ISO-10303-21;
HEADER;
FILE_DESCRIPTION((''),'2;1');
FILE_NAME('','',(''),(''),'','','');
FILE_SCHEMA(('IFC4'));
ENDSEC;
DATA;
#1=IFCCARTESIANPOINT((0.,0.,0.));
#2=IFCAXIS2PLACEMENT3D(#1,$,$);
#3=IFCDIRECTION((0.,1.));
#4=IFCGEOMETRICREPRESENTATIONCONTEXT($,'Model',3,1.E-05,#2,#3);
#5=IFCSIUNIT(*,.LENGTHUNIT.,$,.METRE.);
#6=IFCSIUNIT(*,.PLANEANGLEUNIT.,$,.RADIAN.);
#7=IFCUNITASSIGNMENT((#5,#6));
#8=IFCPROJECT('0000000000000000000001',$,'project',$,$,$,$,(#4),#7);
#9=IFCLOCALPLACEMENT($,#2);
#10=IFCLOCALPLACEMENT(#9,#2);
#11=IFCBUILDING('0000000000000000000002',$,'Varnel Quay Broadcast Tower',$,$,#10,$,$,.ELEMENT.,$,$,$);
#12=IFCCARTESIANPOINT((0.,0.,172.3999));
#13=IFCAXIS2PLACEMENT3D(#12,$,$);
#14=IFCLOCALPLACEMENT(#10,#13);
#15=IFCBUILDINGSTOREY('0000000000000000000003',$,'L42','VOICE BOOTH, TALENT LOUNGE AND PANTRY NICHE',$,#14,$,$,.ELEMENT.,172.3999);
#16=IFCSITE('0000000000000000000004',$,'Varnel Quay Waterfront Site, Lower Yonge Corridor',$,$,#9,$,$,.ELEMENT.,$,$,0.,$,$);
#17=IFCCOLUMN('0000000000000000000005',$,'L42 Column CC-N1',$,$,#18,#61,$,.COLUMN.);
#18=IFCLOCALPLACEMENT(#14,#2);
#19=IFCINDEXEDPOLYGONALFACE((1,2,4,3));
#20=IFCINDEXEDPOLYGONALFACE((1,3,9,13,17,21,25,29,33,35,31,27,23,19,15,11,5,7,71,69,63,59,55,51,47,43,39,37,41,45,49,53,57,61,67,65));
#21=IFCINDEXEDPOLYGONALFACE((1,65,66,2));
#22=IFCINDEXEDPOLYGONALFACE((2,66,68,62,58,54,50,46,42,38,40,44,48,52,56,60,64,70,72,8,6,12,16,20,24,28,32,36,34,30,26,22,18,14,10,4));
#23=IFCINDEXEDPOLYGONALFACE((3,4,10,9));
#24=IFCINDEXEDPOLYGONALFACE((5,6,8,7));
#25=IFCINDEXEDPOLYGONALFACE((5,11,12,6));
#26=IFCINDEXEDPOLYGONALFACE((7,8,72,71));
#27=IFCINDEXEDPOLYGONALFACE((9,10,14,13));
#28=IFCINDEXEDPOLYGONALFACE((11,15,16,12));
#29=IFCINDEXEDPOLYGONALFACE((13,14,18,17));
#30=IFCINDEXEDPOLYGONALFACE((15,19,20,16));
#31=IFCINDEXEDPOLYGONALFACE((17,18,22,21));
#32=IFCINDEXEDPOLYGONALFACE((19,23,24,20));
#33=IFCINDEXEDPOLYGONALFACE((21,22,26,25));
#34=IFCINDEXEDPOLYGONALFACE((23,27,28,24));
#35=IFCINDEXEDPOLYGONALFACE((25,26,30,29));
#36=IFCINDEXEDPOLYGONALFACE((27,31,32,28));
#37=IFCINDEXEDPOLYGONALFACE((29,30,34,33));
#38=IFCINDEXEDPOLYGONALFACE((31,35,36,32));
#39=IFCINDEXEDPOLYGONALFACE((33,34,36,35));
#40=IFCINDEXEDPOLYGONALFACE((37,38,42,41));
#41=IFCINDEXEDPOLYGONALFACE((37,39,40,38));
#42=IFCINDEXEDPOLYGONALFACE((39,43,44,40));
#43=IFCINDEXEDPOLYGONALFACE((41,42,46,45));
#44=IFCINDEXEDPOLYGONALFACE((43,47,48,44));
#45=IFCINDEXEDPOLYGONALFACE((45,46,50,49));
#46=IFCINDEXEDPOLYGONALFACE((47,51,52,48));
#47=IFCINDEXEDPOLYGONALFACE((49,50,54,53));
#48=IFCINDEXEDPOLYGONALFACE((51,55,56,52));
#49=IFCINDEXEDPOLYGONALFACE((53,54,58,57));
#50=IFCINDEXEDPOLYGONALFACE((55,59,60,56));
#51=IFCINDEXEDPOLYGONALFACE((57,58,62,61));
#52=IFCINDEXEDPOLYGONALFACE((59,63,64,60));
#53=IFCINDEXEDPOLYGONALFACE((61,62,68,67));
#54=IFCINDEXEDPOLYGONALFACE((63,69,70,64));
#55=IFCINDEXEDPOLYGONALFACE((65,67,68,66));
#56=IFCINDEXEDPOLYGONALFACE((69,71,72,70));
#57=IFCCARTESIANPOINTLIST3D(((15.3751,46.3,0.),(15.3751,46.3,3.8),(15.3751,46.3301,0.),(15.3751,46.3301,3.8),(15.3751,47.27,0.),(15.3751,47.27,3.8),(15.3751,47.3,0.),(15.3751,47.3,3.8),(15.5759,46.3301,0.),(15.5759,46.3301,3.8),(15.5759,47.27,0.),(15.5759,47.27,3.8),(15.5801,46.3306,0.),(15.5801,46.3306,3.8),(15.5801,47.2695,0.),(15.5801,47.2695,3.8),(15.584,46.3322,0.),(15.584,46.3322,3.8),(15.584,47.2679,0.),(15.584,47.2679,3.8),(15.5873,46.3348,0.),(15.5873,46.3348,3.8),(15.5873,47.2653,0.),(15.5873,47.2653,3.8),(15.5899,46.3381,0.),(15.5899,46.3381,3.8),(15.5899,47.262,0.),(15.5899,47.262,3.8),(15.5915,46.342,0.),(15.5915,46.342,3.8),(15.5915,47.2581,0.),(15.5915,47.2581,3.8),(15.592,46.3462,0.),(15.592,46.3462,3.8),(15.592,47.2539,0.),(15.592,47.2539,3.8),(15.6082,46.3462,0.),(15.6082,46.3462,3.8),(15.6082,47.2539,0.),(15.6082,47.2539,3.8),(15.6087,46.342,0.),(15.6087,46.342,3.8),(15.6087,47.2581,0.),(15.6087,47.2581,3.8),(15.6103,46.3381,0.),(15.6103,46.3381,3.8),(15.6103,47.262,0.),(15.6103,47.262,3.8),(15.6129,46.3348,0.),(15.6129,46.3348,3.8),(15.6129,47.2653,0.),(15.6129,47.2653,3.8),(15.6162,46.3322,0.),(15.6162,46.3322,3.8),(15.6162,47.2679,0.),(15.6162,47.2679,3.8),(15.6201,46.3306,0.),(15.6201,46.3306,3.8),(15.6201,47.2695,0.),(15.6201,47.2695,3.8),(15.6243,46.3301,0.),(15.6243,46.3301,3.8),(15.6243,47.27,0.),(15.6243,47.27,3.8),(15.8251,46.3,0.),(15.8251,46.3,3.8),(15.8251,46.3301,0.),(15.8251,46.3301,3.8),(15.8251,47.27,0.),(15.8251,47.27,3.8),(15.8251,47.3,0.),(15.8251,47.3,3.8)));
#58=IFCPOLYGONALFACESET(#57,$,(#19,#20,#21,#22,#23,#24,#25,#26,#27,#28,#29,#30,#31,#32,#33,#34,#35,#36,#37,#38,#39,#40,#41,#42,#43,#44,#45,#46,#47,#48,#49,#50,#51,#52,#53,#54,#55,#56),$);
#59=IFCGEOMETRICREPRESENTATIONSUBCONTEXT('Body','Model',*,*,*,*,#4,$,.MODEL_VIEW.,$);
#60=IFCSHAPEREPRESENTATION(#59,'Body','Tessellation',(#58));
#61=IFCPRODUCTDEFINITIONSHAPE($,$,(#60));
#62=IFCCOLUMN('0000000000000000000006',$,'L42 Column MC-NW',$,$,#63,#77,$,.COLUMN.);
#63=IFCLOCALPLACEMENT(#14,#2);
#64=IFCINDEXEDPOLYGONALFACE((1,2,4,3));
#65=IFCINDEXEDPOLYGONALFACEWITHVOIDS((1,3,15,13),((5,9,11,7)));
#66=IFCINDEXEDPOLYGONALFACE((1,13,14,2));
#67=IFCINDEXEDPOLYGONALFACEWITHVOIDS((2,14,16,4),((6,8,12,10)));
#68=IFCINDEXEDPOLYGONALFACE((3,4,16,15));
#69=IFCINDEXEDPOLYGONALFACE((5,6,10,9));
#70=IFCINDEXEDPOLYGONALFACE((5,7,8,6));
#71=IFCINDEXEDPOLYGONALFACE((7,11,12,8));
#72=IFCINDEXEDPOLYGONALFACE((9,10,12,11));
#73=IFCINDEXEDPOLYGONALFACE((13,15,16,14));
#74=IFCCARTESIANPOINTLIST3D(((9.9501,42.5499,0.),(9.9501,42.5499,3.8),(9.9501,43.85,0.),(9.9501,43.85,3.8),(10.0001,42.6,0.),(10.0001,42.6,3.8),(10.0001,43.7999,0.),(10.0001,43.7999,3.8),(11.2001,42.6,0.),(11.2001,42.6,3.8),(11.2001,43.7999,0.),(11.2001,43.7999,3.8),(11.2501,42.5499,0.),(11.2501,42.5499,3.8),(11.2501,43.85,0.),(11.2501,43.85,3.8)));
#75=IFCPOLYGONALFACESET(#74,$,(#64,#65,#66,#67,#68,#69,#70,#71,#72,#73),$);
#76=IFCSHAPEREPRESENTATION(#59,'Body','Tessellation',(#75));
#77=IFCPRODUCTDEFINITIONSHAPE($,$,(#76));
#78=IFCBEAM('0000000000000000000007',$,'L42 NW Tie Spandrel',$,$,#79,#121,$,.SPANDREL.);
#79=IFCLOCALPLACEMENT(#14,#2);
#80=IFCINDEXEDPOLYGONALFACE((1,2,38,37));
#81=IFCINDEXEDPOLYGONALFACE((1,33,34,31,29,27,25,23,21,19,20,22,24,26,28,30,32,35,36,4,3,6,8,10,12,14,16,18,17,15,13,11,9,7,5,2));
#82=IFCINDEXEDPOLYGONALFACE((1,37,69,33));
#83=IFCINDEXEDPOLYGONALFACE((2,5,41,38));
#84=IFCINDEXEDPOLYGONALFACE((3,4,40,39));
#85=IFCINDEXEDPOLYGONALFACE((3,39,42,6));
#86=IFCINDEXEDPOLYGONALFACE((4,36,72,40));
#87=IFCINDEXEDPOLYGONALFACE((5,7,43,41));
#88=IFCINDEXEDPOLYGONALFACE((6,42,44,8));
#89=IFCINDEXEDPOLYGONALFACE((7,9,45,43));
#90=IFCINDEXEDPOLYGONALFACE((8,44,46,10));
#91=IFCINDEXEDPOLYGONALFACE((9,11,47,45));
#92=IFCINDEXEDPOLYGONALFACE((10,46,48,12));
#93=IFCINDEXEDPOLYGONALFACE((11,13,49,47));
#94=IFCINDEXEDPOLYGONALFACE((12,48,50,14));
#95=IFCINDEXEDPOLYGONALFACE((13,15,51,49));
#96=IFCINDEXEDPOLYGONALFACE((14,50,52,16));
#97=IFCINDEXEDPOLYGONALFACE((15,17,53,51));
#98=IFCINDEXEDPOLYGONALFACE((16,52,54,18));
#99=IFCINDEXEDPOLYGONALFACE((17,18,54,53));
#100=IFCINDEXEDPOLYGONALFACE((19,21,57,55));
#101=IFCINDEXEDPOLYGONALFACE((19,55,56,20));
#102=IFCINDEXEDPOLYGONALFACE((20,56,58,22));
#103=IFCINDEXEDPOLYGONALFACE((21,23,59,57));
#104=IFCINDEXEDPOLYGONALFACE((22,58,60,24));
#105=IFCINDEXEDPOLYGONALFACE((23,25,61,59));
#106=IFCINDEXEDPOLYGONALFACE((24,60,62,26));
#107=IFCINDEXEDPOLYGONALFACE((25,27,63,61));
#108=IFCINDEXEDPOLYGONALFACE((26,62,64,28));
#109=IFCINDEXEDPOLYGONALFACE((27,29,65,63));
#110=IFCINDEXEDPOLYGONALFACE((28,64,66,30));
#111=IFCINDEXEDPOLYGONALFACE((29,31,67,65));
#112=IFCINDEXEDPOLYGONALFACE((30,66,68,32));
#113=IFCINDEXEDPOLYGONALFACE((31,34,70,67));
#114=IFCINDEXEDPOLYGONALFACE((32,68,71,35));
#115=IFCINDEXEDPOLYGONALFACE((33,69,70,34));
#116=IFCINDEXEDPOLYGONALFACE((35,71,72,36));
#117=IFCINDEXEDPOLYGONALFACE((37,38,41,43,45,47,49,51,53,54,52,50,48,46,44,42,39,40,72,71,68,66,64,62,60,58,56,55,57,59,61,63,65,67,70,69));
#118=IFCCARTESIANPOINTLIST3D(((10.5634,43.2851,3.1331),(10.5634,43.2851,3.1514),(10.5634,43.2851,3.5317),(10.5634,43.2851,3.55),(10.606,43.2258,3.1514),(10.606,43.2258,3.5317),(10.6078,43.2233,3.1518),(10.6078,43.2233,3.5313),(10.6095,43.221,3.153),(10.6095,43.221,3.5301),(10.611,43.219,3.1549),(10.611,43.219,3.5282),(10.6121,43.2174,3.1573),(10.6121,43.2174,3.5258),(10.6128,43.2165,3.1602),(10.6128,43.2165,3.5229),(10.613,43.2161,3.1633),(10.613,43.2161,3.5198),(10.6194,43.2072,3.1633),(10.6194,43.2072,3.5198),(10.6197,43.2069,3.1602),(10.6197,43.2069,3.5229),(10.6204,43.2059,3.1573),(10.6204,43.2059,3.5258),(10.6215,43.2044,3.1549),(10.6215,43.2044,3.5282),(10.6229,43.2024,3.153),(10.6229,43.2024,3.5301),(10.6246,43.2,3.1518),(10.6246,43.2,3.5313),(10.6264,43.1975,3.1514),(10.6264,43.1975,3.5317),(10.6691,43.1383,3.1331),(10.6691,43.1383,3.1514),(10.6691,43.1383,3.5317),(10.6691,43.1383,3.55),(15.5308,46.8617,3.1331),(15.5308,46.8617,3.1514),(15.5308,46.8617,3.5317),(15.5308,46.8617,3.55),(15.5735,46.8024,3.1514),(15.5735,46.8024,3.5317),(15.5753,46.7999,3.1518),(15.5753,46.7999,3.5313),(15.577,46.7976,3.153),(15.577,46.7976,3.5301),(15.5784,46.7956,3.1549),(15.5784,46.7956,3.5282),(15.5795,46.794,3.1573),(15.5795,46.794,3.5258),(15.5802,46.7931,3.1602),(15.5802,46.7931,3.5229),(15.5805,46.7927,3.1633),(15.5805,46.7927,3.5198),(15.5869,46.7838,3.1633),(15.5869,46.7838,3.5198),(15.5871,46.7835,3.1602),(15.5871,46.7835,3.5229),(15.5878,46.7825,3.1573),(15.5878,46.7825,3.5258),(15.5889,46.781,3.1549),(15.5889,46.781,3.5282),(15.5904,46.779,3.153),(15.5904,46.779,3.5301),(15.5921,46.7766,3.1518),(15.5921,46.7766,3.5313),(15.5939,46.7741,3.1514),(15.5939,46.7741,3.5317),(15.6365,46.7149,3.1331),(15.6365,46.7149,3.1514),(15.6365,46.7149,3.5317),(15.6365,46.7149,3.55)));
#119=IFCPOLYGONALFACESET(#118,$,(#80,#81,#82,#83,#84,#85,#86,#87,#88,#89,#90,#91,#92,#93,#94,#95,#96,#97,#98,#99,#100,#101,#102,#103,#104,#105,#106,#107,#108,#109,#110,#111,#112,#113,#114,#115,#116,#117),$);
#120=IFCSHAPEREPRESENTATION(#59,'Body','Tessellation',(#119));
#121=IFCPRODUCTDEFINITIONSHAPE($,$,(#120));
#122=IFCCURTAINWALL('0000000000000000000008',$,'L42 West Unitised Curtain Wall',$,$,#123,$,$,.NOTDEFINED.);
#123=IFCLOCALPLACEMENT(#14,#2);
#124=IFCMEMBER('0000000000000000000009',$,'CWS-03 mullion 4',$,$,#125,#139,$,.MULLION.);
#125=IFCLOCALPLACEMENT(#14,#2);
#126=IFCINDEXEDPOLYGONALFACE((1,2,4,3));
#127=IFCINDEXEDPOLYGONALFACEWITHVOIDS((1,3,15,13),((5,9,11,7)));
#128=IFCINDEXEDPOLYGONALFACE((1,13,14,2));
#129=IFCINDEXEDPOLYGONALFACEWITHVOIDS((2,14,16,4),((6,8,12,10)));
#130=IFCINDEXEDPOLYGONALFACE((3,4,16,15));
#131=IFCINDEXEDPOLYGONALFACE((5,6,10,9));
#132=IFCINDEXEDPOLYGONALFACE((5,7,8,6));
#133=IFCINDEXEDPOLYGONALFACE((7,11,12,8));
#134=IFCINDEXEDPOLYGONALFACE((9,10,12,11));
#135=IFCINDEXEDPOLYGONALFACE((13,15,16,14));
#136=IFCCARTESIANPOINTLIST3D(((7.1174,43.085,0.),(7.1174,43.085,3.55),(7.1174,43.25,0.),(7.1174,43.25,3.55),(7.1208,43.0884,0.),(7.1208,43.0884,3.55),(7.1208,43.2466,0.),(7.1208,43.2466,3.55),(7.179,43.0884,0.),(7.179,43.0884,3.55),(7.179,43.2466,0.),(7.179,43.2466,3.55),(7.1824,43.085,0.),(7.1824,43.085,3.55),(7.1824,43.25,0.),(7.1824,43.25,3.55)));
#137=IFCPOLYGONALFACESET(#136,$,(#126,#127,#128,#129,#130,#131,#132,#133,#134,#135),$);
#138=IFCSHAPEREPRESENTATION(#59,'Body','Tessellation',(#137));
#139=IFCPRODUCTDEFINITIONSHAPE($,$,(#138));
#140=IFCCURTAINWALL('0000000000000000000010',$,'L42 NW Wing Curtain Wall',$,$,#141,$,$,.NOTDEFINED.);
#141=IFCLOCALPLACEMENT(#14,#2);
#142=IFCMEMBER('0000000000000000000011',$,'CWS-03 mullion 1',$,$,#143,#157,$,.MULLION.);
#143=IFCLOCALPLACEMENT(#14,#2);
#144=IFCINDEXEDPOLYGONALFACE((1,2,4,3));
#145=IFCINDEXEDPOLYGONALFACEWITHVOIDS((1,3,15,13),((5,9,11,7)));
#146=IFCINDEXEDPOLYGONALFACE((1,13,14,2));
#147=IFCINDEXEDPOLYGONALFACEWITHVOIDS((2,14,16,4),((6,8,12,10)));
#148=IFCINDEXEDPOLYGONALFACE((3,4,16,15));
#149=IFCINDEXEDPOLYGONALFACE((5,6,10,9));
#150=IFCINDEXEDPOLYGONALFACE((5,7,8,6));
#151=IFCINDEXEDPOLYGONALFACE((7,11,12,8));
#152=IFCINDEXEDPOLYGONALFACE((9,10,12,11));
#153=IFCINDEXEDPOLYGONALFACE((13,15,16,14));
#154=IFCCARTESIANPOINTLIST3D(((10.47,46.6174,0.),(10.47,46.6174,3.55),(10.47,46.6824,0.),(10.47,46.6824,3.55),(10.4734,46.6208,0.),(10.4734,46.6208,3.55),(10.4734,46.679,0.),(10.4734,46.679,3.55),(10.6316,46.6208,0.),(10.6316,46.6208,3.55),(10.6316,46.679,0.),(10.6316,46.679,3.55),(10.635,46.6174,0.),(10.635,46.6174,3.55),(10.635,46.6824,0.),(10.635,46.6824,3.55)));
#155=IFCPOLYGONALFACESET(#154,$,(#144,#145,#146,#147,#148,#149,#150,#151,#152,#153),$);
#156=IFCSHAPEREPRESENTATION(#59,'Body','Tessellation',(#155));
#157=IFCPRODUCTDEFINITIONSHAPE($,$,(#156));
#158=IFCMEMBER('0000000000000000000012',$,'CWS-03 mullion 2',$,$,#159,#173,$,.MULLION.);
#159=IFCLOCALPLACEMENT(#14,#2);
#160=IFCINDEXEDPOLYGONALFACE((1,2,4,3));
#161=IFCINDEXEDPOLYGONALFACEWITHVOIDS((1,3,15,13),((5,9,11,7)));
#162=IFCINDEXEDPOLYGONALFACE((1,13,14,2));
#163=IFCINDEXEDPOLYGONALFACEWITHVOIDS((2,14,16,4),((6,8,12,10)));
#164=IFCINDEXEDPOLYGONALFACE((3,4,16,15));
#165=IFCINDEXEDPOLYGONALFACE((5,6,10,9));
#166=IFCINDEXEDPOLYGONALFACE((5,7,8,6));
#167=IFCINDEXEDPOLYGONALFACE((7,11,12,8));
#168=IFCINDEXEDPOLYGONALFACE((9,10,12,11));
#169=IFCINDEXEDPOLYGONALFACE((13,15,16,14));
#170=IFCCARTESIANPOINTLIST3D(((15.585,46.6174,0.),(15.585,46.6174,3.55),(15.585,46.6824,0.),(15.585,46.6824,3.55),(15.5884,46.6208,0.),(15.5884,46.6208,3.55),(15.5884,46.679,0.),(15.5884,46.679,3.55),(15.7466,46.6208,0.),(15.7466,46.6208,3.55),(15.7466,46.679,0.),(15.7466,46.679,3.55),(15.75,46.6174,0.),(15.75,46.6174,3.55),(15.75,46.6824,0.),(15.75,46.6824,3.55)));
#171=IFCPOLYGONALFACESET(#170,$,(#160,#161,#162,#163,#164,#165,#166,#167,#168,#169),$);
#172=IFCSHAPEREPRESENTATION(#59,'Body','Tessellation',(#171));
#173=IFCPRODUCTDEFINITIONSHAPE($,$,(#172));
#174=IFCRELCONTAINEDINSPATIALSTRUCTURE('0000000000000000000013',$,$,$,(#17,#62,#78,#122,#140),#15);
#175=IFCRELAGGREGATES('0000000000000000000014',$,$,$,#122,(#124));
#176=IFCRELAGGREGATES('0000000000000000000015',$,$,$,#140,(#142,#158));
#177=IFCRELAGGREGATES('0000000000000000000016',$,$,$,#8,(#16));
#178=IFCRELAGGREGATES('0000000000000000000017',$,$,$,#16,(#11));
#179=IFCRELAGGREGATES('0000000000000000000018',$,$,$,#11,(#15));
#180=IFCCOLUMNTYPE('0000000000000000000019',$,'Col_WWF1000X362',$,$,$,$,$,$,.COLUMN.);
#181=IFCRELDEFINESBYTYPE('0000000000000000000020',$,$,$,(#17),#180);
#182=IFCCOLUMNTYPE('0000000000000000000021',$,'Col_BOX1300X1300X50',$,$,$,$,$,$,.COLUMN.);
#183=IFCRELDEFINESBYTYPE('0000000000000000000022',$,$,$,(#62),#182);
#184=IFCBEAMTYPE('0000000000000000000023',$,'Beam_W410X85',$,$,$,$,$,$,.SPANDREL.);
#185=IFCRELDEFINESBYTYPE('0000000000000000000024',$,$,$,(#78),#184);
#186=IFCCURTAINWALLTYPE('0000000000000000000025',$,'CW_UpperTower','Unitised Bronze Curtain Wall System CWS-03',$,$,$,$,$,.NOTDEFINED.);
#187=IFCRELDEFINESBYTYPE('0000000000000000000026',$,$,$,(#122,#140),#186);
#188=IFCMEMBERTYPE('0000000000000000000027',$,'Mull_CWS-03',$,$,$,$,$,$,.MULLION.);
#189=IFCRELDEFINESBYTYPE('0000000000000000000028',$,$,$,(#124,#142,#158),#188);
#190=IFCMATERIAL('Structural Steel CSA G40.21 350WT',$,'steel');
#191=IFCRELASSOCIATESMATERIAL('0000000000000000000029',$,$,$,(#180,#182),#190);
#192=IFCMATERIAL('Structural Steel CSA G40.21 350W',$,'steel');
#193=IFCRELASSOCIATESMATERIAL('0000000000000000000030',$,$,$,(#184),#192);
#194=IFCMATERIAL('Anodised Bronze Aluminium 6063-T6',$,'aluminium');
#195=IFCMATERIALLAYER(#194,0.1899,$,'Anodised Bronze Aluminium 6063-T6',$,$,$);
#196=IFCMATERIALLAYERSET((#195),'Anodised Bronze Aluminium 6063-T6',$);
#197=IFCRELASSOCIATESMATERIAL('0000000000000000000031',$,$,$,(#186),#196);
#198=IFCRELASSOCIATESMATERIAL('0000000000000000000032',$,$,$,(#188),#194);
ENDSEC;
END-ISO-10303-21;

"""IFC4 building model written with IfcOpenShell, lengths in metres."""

from ifc_helpers import new_model, si_unit, direction, frame, origin, origin_2d, place, context, subcontext, project, spatial, hollow_rectangle, i_section, extrude, source, transform, mapped, material, layer, layer_set, material_profile, profile_set, type_object, type_shapes, element, aggregate, save


model = new_model("IFC4")

# Units and contexts
model_context = context("Model", 3, precision=1e-05, world=origin(), true_north=direction((0.0, 1.0)))
body_context = subcontext(model_context, "Body", "Model", "MODEL_VIEW")
ifc_project = project(units=[si_unit("LENGTHUNIT", "METRE"), si_unit("PLANEANGLEUNIT", "RADIAN")], contexts=[model_context])

# Site, building, storey
site_placement = place(None, origin())
site = spatial("IfcSite", under=ifc_project, at=site_placement, Name="Varnel Quay Waterfront Site, Lower Yonge Corridor", CompositionType="ELEMENT", RefElevation=0.0)
building_placement = place(site_placement, origin())
building = spatial("IfcBuilding", under=site, at=building_placement, Name="Varnel Quay Broadcast Tower", CompositionType="ELEMENT")
storey_placement = place(building_placement, frame((0.0, 0.0, 172.3999)))
storey = spatial("IfcBuildingStorey", under=building, at=storey_placement, Name="L42", Description="VOICE BOOTH, TALENT LOUNGE AND PANTRY NICHE", CompositionType="ELEMENT", Elevation=172.3999)

# Columns
ifc_material_1 = material(Name="Structural Steel CSA G40.21 350WT", Category="steel")
ifc_material_profile_1 = material_profile(ifc_material_1, i_section(OverallWidth=0.45, OverallDepth=1.0, WebThickness=0.0161, FlangeThickness=0.03, FilletRadius=0.0161, at=origin_2d()), Name="WWF1000X362")
ifc_profile_set_1 = profile_set([ifc_material_profile_1], Name="Structural Steel CSA G40.21 350WT")
column_type_1 = type_object("IfcColumnType", Name="Col_WWF1000X362", PredefinedType="COLUMN", material=ifc_profile_set_1)
shared_shape_1 = source(origin(), body_context, "Body", "SweptSolid", [
    extrude(i_section(OverallWidth=0.45, OverallDepth=1.0, WebThickness=0.0161, FlangeThickness=0.03, FilletRadius=0.0161, at=origin_2d()), origin(), (0.0, 0.0, 1.0), 3.8),
])
type_shapes(column_type_1, [shared_shape_1])
column_1_placement = place(storey_placement, frame((15.6001, 46.8, 0.0), z_axis=(0.0, 0.0, 1.0), x_axis=(1.0, 0.0, 0.0)))
element("IfcColumn", 1, at=column_1_placement, inside=storey, type_object=column_type_1, Name="L42 Column CC-N1", PredefinedType="COLUMN", context=body_context, shape_type="MappedRepresentation", body=[
    mapped(shared_shape_1, transform((0.0, 0.0, 0.0), x_axis=(1.0, 0.0, 0.0), y_axis=(0.0, 1.0, 0.0), z_axis=(0.0, 0.0, 1.0), scale=1.0)),
])
ifc_material_profile_2 = material_profile(ifc_material_1, hollow_rectangle(XDim=1.3, YDim=1.3, WallThickness=0.05, at=origin_2d()), Name="BOX1300X1300X50")
ifc_profile_set_2 = profile_set([ifc_material_profile_2], Name="Structural Steel CSA G40.21 350WT")
column_type_2 = type_object("IfcColumnType", Name="Col_BOX1300X1300X50", PredefinedType="COLUMN", material=ifc_profile_set_2)
shared_shape_2 = source(origin(), body_context, "Body", "SweptSolid", [
    extrude(hollow_rectangle(XDim=1.3, YDim=1.3, WallThickness=0.05, at=origin_2d()), origin(), (0.0, 0.0, 1.0), 3.8),
])
type_shapes(column_type_2, [shared_shape_2])
column_2_placement = place(storey_placement, frame((10.6001, 43.2, 0.0), z_axis=(0.0, 0.0, 1.0), x_axis=(1.0, 0.0, 0.0)))
element("IfcColumn", 2, at=column_2_placement, inside=storey, type_object=column_type_2, Name="L42 Column MC-NW", PredefinedType="COLUMN", context=body_context, shape_type="MappedRepresentation", body=[
    mapped(shared_shape_2, transform((0.0, 0.0, 0.0), x_axis=(1.0, 0.0, 0.0), y_axis=(0.0, 1.0, 0.0), z_axis=(0.0, 0.0, 1.0), scale=1.0)),
])

# Beam
ifc_material_2 = material(Name="Structural Steel CSA G40.21 350W", Category="steel")
ifc_material_profile_3 = material_profile(ifc_material_2, i_section(OverallWidth=0.1809, OverallDepth=0.417, WebThickness=0.011, FlangeThickness=0.0183, FilletRadius=0.012, at=origin_2d()), Name="W410X85")
ifc_profile_set_3 = profile_set([ifc_material_profile_3], Name="Structural Steel CSA G40.21 350W")
beam_type = type_object("IfcBeamType", Name="Beam_W410X85", PredefinedType="SPANDREL", material=ifc_profile_set_3)
shared_shape_3 = source(origin(), body_context, "Body", "SweptSolid", [
    extrude(i_section(OverallWidth=0.1809, OverallDepth=0.417, WebThickness=0.011, FlangeThickness=0.0183, FilletRadius=0.012, at=origin_2d()), origin(), (0.0, 0.0, 1.0), 6.1211),
])
type_shapes(beam_type, [shared_shape_3])
beam_placement = place(storey_placement, frame((10.6162, 43.2117, 3.3416), z_axis=(0.811531, 0.584309, 0.0), x_axis=(-0.584309, 0.811531, 0.0)))
element("IfcBeam", 3, at=beam_placement, inside=storey, type_object=beam_type, Name="L42 NW Tie Spandrel", PredefinedType="SPANDREL", context=body_context, shape_type="MappedRepresentation", body=[
    mapped(shared_shape_3, transform((0.0, 0.0, 0.0), x_axis=(1.0, 0.0, 0.0), y_axis=(0.0, 1.0, 0.0), z_axis=(0.0, 0.0, 1.0), scale=1.0)),
])

# Curtain wall, member
ifc_material_3 = material(Name="Anodised Bronze Aluminium 6063-T6", Category="aluminium")
ifc_layer_1 = layer(ifc_material_3, 0.1899, Name="Anodised Bronze Aluminium 6063-T6")
ifc_layer_set_1 = layer_set([ifc_layer_1], Name="Anodised Bronze Aluminium 6063-T6")
curtain_wall_type = type_object("IfcCurtainWallType", Name="CW_UpperTower", Description="Unitised Bronze Curtain Wall System CWS-03", PredefinedType="NOTDEFINED", material=ifc_layer_set_1)
curtain_wall_1_placement = place(storey_placement, origin())
curtain_wall_1 = element("IfcCurtainWall", 4, at=curtain_wall_1_placement, inside=storey, type_object=curtain_wall_type, Name="L42 West Unitised Curtain Wall", PredefinedType="NOTDEFINED")
ifc_material_profile_4 = material_profile(ifc_material_3, hollow_rectangle(XDim=0.0649, YDim=0.165, WallThickness=0.0034, at=origin_2d()), Name="ALU65X165X3.5")
ifc_profile_set_4 = profile_set([ifc_material_profile_4], Name="Anodised Bronze Aluminium 6063-T6")
member_type_1 = type_object("IfcMemberType", Name="Mull_CWS-03", PredefinedType="MULLION", material=ifc_profile_set_4)
shared_shape_4 = source(origin(), body_context, "Body", "SweptSolid", [
    extrude(hollow_rectangle(XDim=0.0649, YDim=0.165, WallThickness=0.0034, at=origin_2d()), origin(), (0.0, 0.0, 1.0), 3.55),
])
type_shapes(member_type_1, [shared_shape_4])
member_1_placement = place(storey_placement, frame((7.1499, 43.1675, 0.0), z_axis=(0.0, 0.0, 1.0), x_axis=(-1.0, 0.0, 0.0)))
member_1 = element("IfcMember", 5, at=member_1_placement, type_object=member_type_1, Name="CWS-03 mullion 4", PredefinedType="MULLION", context=body_context, shape_type="MappedRepresentation", body=[
    mapped(shared_shape_4, transform((0.0, 0.0, 0.0), x_axis=(1.0, 0.0, 0.0), y_axis=(0.0, 1.0, 0.0), z_axis=(0.0, 0.0, 1.0), scale=1.0)),
])

# Curtain wall, members
curtain_wall_2_placement = place(storey_placement, origin())
curtain_wall_2 = element("IfcCurtainWall", 6, at=curtain_wall_2_placement, inside=storey, type_object=curtain_wall_type, Name="L42 NW Wing Curtain Wall", PredefinedType="NOTDEFINED")
member_2_placement = place(storey_placement, frame((10.5525, 46.6499, 0.0), z_axis=(0.0, 0.0, 1.0), x_axis=(0.0, 1.0, 0.0)))
member_2 = element("IfcMember", 7, at=member_2_placement, type_object=member_type_1, Name="CWS-03 mullion 1", PredefinedType="MULLION", context=body_context, shape_type="MappedRepresentation", body=[
    mapped(shared_shape_4, transform((0.0, 0.0, 0.0), x_axis=(1.0, 0.0, 0.0), y_axis=(0.0, 1.0, 0.0), z_axis=(0.0, 0.0, 1.0), scale=1.0)),
])
member_3_placement = place(storey_placement, frame((15.6675, 46.6499, 0.0), z_axis=(0.0, 0.0, 1.0), x_axis=(0.0, 1.0, 0.0)))
member_3 = element("IfcMember", 8, at=member_3_placement, type_object=member_type_1, Name="CWS-03 mullion 2", PredefinedType="MULLION", context=body_context, shape_type="MappedRepresentation", body=[
    mapped(shared_shape_4, transform((0.0, 0.0, 0.0), x_axis=(1.0, 0.0, 0.0), y_axis=(0.0, 1.0, 0.0), z_axis=(0.0, 0.0, 1.0), scale=1.0)),
])

aggregate(curtain_wall_1, [member_1])
aggregate(curtain_wall_2, [member_2, member_3])

save(model, "model.ifc")
